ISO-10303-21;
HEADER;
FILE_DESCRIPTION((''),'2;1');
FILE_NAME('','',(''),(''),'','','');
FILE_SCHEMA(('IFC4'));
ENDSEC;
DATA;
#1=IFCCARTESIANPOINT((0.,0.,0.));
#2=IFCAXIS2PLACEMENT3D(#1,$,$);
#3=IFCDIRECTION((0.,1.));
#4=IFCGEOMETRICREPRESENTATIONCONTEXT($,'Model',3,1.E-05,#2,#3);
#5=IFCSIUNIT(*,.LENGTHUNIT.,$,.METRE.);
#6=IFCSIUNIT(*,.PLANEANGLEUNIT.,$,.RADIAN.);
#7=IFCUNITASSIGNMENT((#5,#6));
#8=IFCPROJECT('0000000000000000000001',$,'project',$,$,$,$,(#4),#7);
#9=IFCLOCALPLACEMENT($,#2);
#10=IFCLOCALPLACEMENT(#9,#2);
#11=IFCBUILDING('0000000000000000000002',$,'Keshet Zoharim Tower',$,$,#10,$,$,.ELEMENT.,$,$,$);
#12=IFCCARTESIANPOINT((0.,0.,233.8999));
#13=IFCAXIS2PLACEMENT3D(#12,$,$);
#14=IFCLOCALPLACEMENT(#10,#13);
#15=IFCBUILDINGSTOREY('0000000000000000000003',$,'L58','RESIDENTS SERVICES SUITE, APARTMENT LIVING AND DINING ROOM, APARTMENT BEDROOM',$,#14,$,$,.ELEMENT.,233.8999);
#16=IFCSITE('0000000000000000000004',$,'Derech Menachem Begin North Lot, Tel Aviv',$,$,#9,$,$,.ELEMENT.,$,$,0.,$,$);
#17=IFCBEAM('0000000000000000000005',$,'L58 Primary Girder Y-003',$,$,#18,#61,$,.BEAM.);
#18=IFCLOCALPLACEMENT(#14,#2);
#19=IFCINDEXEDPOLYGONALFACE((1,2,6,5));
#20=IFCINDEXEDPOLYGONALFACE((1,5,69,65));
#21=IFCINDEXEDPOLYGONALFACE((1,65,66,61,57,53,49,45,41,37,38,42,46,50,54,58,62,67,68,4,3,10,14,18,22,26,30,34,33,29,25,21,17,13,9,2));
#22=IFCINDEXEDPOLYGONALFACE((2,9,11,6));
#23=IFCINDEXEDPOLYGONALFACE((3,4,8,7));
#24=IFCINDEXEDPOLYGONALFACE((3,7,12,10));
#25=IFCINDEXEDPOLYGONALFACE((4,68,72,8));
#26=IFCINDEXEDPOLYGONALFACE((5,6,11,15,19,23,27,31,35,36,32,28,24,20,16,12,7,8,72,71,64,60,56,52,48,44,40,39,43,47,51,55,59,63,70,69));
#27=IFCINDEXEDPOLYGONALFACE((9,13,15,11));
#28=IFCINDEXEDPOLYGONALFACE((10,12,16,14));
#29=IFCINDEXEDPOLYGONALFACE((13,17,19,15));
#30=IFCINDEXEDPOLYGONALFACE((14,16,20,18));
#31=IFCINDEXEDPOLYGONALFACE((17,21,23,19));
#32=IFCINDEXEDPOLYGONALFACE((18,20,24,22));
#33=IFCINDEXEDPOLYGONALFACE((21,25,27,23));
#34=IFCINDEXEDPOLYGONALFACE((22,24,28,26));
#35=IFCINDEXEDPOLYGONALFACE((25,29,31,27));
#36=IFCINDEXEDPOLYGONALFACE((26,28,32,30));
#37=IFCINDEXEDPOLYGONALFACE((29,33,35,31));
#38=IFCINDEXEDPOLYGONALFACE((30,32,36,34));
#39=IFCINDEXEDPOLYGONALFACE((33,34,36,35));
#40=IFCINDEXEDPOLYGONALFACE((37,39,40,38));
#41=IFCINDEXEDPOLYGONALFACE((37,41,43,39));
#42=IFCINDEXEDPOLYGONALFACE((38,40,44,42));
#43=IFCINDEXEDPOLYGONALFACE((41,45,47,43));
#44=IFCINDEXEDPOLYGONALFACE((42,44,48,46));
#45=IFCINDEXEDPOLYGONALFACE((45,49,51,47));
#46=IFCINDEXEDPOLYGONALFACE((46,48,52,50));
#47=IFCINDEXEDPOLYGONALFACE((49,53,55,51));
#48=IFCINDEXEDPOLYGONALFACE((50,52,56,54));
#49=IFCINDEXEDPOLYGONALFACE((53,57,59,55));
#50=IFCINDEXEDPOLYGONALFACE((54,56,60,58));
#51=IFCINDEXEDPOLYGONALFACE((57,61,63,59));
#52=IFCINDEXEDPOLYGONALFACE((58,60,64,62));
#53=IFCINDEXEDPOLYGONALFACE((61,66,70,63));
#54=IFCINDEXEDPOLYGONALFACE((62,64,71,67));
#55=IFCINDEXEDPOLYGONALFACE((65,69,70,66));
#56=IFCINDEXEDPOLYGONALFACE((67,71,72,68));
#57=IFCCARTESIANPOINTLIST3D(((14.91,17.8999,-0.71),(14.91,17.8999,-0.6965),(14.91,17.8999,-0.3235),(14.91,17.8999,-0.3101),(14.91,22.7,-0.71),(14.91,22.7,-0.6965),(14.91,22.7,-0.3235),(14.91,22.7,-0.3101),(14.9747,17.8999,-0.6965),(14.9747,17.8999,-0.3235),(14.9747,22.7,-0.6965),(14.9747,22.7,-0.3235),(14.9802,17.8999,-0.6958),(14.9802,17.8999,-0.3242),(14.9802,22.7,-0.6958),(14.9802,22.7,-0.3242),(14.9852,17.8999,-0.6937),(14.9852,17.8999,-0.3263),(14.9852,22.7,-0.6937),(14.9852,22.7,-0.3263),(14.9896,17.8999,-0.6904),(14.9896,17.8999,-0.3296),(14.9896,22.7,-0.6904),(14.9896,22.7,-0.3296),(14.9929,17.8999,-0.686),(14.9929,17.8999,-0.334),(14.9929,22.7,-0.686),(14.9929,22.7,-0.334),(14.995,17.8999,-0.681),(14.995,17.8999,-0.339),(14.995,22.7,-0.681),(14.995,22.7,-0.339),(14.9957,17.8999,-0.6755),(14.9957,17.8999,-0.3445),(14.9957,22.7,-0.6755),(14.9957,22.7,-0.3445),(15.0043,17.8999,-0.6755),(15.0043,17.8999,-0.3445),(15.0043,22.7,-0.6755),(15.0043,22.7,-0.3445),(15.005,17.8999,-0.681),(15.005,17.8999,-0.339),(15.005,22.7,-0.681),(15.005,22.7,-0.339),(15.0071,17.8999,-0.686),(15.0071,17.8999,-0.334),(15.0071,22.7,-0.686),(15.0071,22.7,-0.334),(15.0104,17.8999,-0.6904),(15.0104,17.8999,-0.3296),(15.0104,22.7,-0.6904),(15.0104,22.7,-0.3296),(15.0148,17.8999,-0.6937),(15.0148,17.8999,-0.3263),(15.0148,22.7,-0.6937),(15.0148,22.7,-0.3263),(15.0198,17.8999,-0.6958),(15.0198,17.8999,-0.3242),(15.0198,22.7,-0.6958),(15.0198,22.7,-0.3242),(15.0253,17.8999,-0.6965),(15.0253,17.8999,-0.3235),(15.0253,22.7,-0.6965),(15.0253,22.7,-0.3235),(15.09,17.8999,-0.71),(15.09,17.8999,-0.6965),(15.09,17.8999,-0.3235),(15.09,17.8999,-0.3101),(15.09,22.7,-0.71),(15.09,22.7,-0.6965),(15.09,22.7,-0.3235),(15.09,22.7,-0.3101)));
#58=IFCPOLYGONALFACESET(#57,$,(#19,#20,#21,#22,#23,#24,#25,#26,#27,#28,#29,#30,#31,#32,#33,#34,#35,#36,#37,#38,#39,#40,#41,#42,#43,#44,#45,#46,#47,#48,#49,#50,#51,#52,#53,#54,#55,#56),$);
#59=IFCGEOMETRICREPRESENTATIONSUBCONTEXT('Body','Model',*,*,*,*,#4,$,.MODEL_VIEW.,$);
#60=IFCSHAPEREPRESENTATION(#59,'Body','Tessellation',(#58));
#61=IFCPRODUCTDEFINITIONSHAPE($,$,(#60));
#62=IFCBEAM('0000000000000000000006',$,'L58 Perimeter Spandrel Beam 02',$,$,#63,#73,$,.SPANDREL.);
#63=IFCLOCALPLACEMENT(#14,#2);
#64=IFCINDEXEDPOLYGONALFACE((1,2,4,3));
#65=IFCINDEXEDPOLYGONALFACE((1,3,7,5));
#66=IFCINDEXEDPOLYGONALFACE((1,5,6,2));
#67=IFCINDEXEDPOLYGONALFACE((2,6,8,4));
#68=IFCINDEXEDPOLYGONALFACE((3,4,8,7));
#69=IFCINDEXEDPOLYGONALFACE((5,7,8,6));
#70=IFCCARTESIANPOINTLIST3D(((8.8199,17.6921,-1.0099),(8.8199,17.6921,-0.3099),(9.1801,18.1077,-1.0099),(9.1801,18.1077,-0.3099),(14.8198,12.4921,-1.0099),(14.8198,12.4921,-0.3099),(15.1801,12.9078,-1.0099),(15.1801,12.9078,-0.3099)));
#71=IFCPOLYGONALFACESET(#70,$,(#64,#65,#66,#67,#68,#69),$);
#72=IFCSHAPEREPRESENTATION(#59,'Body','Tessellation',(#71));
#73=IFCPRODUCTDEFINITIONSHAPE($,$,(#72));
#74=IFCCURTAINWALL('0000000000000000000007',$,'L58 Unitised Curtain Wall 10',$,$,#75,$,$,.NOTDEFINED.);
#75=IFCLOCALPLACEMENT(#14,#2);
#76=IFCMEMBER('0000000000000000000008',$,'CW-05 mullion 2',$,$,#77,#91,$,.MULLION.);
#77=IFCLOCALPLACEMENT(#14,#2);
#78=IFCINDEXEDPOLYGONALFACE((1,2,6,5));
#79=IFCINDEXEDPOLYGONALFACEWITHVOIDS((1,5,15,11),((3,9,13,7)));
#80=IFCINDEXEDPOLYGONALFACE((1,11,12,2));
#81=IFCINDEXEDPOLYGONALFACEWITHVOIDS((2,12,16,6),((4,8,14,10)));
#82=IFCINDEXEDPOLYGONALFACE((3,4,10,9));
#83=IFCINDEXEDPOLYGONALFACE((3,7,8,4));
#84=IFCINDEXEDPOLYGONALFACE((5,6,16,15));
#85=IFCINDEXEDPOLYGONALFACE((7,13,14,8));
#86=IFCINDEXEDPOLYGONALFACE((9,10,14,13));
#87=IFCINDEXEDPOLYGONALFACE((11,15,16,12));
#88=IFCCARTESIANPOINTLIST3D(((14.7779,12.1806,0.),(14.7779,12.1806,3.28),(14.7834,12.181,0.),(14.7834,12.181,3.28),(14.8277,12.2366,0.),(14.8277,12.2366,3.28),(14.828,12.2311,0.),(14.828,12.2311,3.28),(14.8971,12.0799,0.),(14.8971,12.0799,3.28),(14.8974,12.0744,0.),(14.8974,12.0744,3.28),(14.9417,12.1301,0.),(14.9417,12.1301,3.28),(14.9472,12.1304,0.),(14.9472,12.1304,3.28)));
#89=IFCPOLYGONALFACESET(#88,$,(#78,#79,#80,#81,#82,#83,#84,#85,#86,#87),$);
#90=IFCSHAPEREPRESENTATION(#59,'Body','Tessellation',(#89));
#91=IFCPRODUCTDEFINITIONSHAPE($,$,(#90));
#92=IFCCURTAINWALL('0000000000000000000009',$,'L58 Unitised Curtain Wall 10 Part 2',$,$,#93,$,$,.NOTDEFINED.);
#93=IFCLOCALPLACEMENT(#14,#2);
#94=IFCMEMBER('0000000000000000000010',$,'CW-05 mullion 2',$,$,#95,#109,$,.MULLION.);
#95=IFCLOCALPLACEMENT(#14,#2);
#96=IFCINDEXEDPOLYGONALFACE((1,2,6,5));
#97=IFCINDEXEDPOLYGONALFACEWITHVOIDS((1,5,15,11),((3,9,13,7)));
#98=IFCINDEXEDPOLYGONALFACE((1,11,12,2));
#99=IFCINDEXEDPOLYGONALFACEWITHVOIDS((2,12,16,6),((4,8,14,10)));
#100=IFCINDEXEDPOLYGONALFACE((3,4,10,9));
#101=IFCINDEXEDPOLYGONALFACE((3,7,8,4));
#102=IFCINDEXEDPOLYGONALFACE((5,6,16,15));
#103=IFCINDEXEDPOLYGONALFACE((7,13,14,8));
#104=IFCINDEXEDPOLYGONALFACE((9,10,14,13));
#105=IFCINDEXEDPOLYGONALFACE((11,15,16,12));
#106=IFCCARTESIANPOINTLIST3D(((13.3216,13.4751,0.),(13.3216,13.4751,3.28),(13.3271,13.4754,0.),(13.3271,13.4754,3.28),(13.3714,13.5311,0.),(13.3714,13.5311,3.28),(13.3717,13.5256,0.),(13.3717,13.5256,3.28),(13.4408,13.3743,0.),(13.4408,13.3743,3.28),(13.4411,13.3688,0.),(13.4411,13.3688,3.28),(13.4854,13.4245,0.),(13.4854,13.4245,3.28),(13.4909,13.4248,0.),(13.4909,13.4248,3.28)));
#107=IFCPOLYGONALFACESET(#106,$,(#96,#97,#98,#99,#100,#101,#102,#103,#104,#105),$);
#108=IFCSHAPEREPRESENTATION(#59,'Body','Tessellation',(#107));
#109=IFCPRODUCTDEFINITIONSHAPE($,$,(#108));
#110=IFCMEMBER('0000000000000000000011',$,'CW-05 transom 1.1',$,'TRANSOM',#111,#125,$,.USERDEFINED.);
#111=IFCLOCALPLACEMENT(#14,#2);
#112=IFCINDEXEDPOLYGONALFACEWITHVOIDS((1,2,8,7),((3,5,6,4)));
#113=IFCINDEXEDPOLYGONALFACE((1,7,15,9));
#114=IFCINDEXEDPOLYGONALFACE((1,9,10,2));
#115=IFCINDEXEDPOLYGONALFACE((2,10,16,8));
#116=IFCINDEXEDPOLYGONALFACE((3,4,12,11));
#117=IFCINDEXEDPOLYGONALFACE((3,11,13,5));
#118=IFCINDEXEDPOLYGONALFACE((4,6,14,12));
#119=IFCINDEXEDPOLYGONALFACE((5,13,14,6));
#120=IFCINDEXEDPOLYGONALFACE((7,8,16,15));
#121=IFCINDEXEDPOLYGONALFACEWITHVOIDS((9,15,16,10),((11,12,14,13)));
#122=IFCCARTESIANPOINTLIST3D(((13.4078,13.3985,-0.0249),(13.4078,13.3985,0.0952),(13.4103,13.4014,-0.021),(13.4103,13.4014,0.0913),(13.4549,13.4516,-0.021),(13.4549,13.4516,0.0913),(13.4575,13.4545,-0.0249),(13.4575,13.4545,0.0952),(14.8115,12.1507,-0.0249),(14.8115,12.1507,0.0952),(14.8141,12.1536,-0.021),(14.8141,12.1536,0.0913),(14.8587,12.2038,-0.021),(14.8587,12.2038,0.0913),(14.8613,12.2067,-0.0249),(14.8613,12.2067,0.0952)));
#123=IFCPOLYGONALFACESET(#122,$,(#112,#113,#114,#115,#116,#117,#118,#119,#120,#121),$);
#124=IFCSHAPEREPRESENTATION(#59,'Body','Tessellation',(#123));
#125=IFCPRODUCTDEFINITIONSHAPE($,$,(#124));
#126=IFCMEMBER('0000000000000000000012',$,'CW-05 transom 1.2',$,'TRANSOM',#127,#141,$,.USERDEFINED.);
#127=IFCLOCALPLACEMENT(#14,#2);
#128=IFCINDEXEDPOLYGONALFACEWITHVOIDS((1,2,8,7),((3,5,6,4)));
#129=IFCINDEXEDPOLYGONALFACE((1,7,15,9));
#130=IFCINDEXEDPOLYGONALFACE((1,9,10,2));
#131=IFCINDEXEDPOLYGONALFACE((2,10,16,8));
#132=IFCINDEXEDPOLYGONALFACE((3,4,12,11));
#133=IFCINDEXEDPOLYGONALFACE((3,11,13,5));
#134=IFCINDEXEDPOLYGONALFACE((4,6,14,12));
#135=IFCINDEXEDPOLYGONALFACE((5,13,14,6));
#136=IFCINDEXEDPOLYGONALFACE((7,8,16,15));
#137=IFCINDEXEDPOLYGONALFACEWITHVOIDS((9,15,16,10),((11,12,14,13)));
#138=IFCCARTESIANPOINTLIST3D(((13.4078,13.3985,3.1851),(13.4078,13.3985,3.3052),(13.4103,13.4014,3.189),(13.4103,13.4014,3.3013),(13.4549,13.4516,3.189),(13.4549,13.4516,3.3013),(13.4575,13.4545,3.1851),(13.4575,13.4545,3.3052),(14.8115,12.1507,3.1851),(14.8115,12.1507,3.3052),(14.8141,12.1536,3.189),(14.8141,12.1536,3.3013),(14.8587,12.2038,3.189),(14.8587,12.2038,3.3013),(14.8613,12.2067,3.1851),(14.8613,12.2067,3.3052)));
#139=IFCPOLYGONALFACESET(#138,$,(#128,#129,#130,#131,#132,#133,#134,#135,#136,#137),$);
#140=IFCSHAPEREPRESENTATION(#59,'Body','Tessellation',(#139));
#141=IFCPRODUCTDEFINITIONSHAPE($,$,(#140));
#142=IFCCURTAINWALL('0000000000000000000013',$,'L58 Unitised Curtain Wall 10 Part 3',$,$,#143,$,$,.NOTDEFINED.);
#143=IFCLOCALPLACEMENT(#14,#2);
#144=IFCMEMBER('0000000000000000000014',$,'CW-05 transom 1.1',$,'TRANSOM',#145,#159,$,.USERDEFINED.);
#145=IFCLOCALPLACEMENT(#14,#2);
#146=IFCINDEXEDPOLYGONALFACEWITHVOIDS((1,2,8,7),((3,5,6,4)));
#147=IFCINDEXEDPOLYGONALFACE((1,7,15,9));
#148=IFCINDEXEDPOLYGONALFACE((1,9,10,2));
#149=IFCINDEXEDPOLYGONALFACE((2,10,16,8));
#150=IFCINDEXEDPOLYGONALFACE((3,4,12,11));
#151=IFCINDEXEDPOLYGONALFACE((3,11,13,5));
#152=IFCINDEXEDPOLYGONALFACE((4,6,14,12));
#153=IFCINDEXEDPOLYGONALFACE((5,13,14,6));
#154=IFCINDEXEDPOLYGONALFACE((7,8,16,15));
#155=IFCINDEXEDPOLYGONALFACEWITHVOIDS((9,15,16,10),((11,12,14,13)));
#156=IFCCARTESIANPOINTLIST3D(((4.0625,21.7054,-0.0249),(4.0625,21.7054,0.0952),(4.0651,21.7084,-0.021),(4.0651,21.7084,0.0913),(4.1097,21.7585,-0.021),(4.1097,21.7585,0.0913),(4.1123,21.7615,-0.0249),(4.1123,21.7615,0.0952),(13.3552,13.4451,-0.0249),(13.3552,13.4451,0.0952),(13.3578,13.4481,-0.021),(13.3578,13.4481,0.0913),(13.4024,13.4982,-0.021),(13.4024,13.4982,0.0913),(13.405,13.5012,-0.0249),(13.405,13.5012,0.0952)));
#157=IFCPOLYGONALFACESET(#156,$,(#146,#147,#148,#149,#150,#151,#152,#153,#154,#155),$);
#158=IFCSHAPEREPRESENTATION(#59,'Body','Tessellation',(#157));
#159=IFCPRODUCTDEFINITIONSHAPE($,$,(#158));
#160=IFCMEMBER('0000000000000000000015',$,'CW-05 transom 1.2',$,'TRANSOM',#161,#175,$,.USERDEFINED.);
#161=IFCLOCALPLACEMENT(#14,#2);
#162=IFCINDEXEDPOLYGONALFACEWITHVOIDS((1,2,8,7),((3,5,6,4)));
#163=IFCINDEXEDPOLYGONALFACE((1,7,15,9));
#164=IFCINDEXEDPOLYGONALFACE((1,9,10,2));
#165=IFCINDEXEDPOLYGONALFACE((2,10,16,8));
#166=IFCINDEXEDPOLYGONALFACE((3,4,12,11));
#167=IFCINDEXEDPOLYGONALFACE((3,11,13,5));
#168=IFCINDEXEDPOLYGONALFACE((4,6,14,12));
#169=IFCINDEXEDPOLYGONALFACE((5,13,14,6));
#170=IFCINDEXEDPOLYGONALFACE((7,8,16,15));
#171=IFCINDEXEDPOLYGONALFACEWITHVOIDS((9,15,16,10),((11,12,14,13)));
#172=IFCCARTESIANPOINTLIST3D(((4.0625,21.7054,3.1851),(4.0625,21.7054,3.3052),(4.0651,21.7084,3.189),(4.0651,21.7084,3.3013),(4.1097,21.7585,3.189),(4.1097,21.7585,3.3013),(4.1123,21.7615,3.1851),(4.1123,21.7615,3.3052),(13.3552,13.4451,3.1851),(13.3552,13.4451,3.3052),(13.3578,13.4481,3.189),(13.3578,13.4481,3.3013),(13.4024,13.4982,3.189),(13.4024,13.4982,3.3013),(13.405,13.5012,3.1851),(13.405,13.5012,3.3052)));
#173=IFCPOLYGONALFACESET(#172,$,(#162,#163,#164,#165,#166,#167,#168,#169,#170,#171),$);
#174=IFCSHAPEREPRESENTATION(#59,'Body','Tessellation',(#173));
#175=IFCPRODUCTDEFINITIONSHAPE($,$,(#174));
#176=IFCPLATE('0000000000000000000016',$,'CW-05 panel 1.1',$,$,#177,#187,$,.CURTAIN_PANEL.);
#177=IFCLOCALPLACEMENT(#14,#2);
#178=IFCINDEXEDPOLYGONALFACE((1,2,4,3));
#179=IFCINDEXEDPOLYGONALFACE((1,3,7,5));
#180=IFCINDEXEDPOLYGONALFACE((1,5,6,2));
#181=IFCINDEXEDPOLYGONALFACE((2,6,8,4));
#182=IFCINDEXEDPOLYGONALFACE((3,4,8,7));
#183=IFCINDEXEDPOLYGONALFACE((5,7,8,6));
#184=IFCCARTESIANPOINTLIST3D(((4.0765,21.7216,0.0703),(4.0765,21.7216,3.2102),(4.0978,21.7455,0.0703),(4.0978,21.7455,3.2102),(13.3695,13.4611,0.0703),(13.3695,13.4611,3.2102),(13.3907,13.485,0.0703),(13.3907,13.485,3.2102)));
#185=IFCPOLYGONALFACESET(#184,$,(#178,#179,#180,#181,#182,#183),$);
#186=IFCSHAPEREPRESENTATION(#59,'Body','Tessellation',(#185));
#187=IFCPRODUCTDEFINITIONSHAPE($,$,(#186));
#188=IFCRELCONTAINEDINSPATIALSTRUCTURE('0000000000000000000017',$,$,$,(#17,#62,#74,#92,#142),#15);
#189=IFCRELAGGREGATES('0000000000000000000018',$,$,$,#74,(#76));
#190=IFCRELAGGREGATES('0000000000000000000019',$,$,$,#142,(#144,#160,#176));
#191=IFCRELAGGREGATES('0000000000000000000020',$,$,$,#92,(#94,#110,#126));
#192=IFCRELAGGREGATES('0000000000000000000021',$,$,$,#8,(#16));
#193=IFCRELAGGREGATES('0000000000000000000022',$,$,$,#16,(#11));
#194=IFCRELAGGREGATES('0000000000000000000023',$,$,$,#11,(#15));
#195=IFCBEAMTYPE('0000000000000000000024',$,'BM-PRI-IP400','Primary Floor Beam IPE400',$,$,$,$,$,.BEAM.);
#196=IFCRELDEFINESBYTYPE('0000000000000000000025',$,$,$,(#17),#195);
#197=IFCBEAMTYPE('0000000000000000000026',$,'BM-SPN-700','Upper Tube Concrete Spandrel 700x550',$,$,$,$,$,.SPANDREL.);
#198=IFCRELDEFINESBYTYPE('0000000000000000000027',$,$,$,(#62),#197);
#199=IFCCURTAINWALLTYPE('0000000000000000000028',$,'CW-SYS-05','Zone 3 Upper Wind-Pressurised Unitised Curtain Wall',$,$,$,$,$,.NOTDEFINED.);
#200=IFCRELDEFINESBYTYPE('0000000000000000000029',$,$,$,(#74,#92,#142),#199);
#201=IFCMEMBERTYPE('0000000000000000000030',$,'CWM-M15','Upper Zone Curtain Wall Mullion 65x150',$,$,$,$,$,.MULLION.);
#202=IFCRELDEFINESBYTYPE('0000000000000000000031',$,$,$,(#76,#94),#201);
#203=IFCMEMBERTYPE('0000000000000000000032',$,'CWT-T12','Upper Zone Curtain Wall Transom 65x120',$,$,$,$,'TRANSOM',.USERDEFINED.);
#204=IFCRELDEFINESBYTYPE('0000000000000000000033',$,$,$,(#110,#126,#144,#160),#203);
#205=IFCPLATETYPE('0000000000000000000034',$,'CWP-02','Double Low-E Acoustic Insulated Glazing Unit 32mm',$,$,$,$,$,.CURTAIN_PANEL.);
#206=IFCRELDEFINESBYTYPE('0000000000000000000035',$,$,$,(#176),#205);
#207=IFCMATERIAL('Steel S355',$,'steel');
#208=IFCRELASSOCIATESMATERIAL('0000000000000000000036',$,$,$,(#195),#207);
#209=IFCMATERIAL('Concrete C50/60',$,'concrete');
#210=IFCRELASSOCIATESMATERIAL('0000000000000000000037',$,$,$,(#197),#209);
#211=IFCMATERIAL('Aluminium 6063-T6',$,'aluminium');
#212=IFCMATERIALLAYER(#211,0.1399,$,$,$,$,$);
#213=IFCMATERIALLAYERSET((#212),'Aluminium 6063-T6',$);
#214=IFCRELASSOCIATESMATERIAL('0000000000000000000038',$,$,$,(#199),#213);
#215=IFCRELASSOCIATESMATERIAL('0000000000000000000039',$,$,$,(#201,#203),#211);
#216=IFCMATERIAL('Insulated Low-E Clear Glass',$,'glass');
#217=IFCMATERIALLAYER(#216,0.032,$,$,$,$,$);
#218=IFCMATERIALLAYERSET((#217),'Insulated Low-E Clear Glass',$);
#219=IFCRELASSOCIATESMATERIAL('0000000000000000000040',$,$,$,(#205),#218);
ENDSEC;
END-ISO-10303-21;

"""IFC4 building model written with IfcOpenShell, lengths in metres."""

from ifc_helpers import new_model, si_unit, direction, frame, origin, origin_2d, place, context, subcontext, project, spatial, rectangle, hollow_rectangle, i_section, extrude, material, layer, layer_set, material_profile, profile_set, type_object, element, aggregate, save


model = new_model("IFC4")

# Units and contexts
model_context = context("Model", 3, precision=1e-05, world=origin(), true_north=direction((0.0, 1.0)))
body_context = subcontext(model_context, "Body", "Model", "MODEL_VIEW")
ifc_project = project(units=[si_unit("LENGTHUNIT", "METRE"), si_unit("PLANEANGLEUNIT", "RADIAN")], contexts=[model_context])

# Site, building, storey
site_placement = place(None, origin())
site = spatial("IfcSite", under=ifc_project, at=site_placement, Name="Derech Menachem Begin North Lot, Tel Aviv", CompositionType="ELEMENT", RefElevation=0.0)
building_placement = place(site_placement, origin())
building = spatial("IfcBuilding", under=site, at=building_placement, Name="Keshet Zoharim Tower", CompositionType="ELEMENT")
storey_placement = place(building_placement, frame((0.0, 0.0, 233.8999)))
storey = spatial("IfcBuildingStorey", under=building, at=storey_placement, Name="L58", Description="RESIDENTS SERVICES SUITE, APARTMENT LIVING AND DINING ROOM, APARTMENT BEDROOM", CompositionType="ELEMENT", Elevation=233.8999)

# Shared definitions
ifc_material_1 = material(Name="Steel S355", Category="steel")
ifc_material_2 = material(Name="Concrete C50/60", Category="concrete")

# Beams
ifc_material_profile_1 = material_profile(ifc_material_1, i_section(OverallWidth=0.1799, OverallDepth=0.3999, WebThickness=0.0085, FlangeThickness=0.0134, FilletRadius=0.021, at=origin_2d()), Name="IPE400")
ifc_profile_set_1 = profile_set([ifc_material_profile_1], Name="Steel S355")
beam_type_1 = type_object("IfcBeamType", Name="BM-PRI-IP400", Description="Primary Floor Beam IPE400", PredefinedType="BEAM", material=ifc_profile_set_1)
beam_1_placement = place(storey_placement, frame((15.0, 17.8999, -0.51), z_axis=(0.0, 1.0, 0.0), x_axis=(-1.0, 0.0, 0.0)))
element("IfcBeam", 1, at=beam_1_placement, inside=storey, type_object=beam_type_1, Name="L58 Primary Girder Y-003", PredefinedType="BEAM", context=body_context, shape_type="SweptSolid", body=[
    extrude(i_section(OverallWidth=0.1799, OverallDepth=0.3999, WebThickness=0.0085, FlangeThickness=0.0134, FilletRadius=0.021, at=origin_2d()), origin(), (0.0, 0.0, 1.0), 4.8),
])
ifc_material_profile_2 = material_profile(ifc_material_2, rectangle(XDim=0.55, YDim=0.7, at=origin_2d()), Name="RC700x550")
ifc_profile_set_2 = profile_set([ifc_material_profile_2], Name="Concrete C50/60")
beam_type_2 = type_object("IfcBeamType", Name="BM-SPN-700", Description="Upper Tube Concrete Spandrel 700x550", PredefinedType="SPANDREL", material=ifc_profile_set_2)
beam_2_placement = place(storey_placement, frame((9.0, 17.8999, -0.6599), z_axis=(0.755692, -0.654927, 0.0), x_axis=(0.654927, 0.755692, 0.0)))
element("IfcBeam", 2, at=beam_2_placement, inside=storey, type_object=beam_type_2, Name="L58 Perimeter Spandrel Beam 02", PredefinedType="SPANDREL", context=body_context, shape_type="SweptSolid", body=[
    extrude(rectangle(XDim=0.55, YDim=0.7, at=origin_2d()), origin(), (0.0, 0.0, 1.0), 7.9397),
])

# Curtain wall, member
ifc_material_3 = material(Name="Aluminium 6063-T6", Category="aluminium")
ifc_layer_1 = layer(ifc_material_3, 0.1399)
ifc_layer_set_1 = layer_set([ifc_layer_1], Name="Aluminium 6063-T6")
curtain_wall_type = type_object("IfcCurtainWallType", Name="CW-SYS-05", Description="Zone 3 Upper Wind-Pressurised Unitised Curtain Wall", PredefinedType="NOTDEFINED", material=ifc_layer_set_1)
curtain_wall_1_placement = place(storey_placement, origin())
curtain_wall_1 = element("IfcCurtainWall", 3, at=curtain_wall_1_placement, inside=storey, type_object=curtain_wall_type, Name="L58 Unitised Curtain Wall 10", PredefinedType="NOTDEFINED")
ifc_material_profile_3 = material_profile(ifc_material_3, hollow_rectangle(XDim=0.075, YDim=0.1599, WallThickness=0.0039, at=origin_2d()), Name="MUL-75x160")
ifc_profile_set_3 = profile_set([ifc_material_profile_3], Name="Aluminium 6063-T6")
member_type_1 = type_object("IfcMemberType", Name="CWM-M15", Description="Upper Zone Curtain Wall Mullion 65x150", PredefinedType="MULLION", material=ifc_profile_set_3)
member_1_placement = place(storey_placement, frame((14.8625, 12.1555, 0.0), z_axis=(0.0, 0.0, 1.0), x_axis=(-0.664367, -0.747407, 0.0)))
member_1 = element("IfcMember", 4, at=member_1_placement, type_object=member_type_1, Name="CW-05 mullion 2", PredefinedType="MULLION", context=body_context, shape_type="SweptSolid", body=[
    extrude(hollow_rectangle(XDim=0.075, YDim=0.1599, WallThickness=0.0039, at=origin_2d()), origin(), (0.0, 0.0, 1.0), 3.28),
])
aggregate(curtain_wall_1, [member_1])

# Curtain wall, members
curtain_wall_2_placement = place(storey_placement, origin())
curtain_wall_2 = element("IfcCurtainWall", 5, at=curtain_wall_2_placement, inside=storey, type_object=curtain_wall_type, Name="L58 Unitised Curtain Wall 10 Part 2", PredefinedType="NOTDEFINED")
member_2_placement = place(storey_placement, frame((13.4062, 13.45, 0.0), z_axis=(0.0, 0.0, 1.0), x_axis=(-0.664335, -0.747435, 0.0)))
member_2 = element("IfcMember", 6, at=member_2_placement, type_object=member_type_1, Name="CW-05 mullion 2", PredefinedType="MULLION", context=body_context, shape_type="SweptSolid", body=[
    extrude(hollow_rectangle(XDim=0.075, YDim=0.1599, WallThickness=0.0039, at=origin_2d()), origin(), (0.0, 0.0, 1.0), 3.28),
])
ifc_material_profile_4 = material_profile(ifc_material_3, hollow_rectangle(XDim=0.075, YDim=0.1201, WallThickness=0.0039, at=origin_2d()), Name="TRN-75x120")
ifc_profile_set_4 = profile_set([ifc_material_profile_4], Name="Aluminium 6063-T6")
member_type_2 = type_object("IfcMemberType", Name="CWT-T12", Description="Upper Zone Curtain Wall Transom 65x120", ElementType="TRANSOM", PredefinedType="USERDEFINED", material=ifc_profile_set_4)
member_3_placement = place(storey_placement, frame((14.8364, 12.1787, 0.0352), z_axis=(-0.747416, 0.664356, 0.0), x_axis=(-0.664356, -0.747416, 0.0)))
member_3 = element("IfcMember", 7, at=member_3_placement, type_object=member_type_2, Name="CW-05 transom 1.1", ObjectType="TRANSOM", PredefinedType="USERDEFINED", context=body_context, shape_type="SweptSolid", body=[
    extrude(hollow_rectangle(XDim=0.075, YDim=0.1201, WallThickness=0.0039, at=origin_2d()), origin(), (0.0, 0.0, 1.0), 1.8782),
])
member_4_placement = place(storey_placement, frame((14.8364, 12.1787, 3.2451), z_axis=(-0.747416, 0.664356, 0.0), x_axis=(-0.664356, -0.747416, 0.0)))
member_4 = element("IfcMember", 8, at=member_4_placement, type_object=member_type_2, Name="CW-05 transom 1.2", ObjectType="TRANSOM", PredefinedType="USERDEFINED", context=body_context, shape_type="SweptSolid", body=[
    extrude(hollow_rectangle(XDim=0.075, YDim=0.1201, WallThickness=0.0039, at=origin_2d()), origin(), (0.0, 0.0, 1.0), 1.8782),
])

# Curtain wall, members, plate
curtain_wall_3_placement = place(storey_placement, origin())
curtain_wall_3 = element("IfcCurtainWall", 9, at=curtain_wall_3_placement, inside=storey, type_object=curtain_wall_type, Name="L58 Unitised Curtain Wall 10 Part 3", PredefinedType="NOTDEFINED")
member_5_placement = place(storey_placement, frame((13.3801, 13.4731, 0.0352), z_axis=(-0.747407, 0.664366, 0.0), x_axis=(-0.664366, -0.747407, 0.0)))
member_5 = element("IfcMember", 10, at=member_5_placement, type_object=member_type_2, Name="CW-05 transom 1.1", ObjectType="TRANSOM", PredefinedType="USERDEFINED", context=body_context, shape_type="SweptSolid", body=[
    extrude(hollow_rectangle(XDim=0.075, YDim=0.1201, WallThickness=0.0039, at=origin_2d()), origin(), (0.0, 0.0, 1.0), 12.4333),
])
member_6_placement = place(storey_placement, frame((13.3801, 13.4731, 3.2451), z_axis=(-0.747407, 0.664366, 0.0), x_axis=(-0.664366, -0.747407, 0.0)))
member_6 = element("IfcMember", 11, at=member_6_placement, type_object=member_type_2, Name="CW-05 transom 1.2", ObjectType="TRANSOM", PredefinedType="USERDEFINED", context=body_context, shape_type="SweptSolid", body=[
    extrude(hollow_rectangle(XDim=0.075, YDim=0.1201, WallThickness=0.0039, at=origin_2d()), origin(), (0.0, 0.0, 1.0), 12.4333),
])
ifc_material_4 = material(Name="Insulated Low-E Clear Glass", Category="glass")
ifc_layer_2 = layer(ifc_material_4, 0.032)
ifc_layer_set_2 = layer_set([ifc_layer_2], Name="Insulated Low-E Clear Glass")
plate_type_1 = type_object("IfcPlateType", Name="CWP-02", Description="Double Low-E Acoustic Insulated Glazing Unit 32mm", PredefinedType="CURTAIN_PANEL", material=ifc_layer_set_2)
plate_1_placement = place(storey_placement, frame((8.7336, 17.6033, 0.0703), z_axis=(0.0, 0.0, 1.0), x_axis=(-0.747407, 0.664366, 0.0)))
plate_1 = element("IfcPlate", 12, at=plate_1_placement, type_object=plate_type_1, Name="CW-05 panel 1.1", PredefinedType="CURTAIN_PANEL", context=body_context, shape_type="SweptSolid", body=[
    extrude(rectangle(XDim=12.4336, YDim=0.032, at=origin_2d()), origin(), (0.0, 0.0, 1.0), 3.1399),
])
aggregate(curtain_wall_3, [member_5, member_6, plate_1])

aggregate(curtain_wall_2, [member_2, member_3, member_4])

save(model, "model.ifc")
